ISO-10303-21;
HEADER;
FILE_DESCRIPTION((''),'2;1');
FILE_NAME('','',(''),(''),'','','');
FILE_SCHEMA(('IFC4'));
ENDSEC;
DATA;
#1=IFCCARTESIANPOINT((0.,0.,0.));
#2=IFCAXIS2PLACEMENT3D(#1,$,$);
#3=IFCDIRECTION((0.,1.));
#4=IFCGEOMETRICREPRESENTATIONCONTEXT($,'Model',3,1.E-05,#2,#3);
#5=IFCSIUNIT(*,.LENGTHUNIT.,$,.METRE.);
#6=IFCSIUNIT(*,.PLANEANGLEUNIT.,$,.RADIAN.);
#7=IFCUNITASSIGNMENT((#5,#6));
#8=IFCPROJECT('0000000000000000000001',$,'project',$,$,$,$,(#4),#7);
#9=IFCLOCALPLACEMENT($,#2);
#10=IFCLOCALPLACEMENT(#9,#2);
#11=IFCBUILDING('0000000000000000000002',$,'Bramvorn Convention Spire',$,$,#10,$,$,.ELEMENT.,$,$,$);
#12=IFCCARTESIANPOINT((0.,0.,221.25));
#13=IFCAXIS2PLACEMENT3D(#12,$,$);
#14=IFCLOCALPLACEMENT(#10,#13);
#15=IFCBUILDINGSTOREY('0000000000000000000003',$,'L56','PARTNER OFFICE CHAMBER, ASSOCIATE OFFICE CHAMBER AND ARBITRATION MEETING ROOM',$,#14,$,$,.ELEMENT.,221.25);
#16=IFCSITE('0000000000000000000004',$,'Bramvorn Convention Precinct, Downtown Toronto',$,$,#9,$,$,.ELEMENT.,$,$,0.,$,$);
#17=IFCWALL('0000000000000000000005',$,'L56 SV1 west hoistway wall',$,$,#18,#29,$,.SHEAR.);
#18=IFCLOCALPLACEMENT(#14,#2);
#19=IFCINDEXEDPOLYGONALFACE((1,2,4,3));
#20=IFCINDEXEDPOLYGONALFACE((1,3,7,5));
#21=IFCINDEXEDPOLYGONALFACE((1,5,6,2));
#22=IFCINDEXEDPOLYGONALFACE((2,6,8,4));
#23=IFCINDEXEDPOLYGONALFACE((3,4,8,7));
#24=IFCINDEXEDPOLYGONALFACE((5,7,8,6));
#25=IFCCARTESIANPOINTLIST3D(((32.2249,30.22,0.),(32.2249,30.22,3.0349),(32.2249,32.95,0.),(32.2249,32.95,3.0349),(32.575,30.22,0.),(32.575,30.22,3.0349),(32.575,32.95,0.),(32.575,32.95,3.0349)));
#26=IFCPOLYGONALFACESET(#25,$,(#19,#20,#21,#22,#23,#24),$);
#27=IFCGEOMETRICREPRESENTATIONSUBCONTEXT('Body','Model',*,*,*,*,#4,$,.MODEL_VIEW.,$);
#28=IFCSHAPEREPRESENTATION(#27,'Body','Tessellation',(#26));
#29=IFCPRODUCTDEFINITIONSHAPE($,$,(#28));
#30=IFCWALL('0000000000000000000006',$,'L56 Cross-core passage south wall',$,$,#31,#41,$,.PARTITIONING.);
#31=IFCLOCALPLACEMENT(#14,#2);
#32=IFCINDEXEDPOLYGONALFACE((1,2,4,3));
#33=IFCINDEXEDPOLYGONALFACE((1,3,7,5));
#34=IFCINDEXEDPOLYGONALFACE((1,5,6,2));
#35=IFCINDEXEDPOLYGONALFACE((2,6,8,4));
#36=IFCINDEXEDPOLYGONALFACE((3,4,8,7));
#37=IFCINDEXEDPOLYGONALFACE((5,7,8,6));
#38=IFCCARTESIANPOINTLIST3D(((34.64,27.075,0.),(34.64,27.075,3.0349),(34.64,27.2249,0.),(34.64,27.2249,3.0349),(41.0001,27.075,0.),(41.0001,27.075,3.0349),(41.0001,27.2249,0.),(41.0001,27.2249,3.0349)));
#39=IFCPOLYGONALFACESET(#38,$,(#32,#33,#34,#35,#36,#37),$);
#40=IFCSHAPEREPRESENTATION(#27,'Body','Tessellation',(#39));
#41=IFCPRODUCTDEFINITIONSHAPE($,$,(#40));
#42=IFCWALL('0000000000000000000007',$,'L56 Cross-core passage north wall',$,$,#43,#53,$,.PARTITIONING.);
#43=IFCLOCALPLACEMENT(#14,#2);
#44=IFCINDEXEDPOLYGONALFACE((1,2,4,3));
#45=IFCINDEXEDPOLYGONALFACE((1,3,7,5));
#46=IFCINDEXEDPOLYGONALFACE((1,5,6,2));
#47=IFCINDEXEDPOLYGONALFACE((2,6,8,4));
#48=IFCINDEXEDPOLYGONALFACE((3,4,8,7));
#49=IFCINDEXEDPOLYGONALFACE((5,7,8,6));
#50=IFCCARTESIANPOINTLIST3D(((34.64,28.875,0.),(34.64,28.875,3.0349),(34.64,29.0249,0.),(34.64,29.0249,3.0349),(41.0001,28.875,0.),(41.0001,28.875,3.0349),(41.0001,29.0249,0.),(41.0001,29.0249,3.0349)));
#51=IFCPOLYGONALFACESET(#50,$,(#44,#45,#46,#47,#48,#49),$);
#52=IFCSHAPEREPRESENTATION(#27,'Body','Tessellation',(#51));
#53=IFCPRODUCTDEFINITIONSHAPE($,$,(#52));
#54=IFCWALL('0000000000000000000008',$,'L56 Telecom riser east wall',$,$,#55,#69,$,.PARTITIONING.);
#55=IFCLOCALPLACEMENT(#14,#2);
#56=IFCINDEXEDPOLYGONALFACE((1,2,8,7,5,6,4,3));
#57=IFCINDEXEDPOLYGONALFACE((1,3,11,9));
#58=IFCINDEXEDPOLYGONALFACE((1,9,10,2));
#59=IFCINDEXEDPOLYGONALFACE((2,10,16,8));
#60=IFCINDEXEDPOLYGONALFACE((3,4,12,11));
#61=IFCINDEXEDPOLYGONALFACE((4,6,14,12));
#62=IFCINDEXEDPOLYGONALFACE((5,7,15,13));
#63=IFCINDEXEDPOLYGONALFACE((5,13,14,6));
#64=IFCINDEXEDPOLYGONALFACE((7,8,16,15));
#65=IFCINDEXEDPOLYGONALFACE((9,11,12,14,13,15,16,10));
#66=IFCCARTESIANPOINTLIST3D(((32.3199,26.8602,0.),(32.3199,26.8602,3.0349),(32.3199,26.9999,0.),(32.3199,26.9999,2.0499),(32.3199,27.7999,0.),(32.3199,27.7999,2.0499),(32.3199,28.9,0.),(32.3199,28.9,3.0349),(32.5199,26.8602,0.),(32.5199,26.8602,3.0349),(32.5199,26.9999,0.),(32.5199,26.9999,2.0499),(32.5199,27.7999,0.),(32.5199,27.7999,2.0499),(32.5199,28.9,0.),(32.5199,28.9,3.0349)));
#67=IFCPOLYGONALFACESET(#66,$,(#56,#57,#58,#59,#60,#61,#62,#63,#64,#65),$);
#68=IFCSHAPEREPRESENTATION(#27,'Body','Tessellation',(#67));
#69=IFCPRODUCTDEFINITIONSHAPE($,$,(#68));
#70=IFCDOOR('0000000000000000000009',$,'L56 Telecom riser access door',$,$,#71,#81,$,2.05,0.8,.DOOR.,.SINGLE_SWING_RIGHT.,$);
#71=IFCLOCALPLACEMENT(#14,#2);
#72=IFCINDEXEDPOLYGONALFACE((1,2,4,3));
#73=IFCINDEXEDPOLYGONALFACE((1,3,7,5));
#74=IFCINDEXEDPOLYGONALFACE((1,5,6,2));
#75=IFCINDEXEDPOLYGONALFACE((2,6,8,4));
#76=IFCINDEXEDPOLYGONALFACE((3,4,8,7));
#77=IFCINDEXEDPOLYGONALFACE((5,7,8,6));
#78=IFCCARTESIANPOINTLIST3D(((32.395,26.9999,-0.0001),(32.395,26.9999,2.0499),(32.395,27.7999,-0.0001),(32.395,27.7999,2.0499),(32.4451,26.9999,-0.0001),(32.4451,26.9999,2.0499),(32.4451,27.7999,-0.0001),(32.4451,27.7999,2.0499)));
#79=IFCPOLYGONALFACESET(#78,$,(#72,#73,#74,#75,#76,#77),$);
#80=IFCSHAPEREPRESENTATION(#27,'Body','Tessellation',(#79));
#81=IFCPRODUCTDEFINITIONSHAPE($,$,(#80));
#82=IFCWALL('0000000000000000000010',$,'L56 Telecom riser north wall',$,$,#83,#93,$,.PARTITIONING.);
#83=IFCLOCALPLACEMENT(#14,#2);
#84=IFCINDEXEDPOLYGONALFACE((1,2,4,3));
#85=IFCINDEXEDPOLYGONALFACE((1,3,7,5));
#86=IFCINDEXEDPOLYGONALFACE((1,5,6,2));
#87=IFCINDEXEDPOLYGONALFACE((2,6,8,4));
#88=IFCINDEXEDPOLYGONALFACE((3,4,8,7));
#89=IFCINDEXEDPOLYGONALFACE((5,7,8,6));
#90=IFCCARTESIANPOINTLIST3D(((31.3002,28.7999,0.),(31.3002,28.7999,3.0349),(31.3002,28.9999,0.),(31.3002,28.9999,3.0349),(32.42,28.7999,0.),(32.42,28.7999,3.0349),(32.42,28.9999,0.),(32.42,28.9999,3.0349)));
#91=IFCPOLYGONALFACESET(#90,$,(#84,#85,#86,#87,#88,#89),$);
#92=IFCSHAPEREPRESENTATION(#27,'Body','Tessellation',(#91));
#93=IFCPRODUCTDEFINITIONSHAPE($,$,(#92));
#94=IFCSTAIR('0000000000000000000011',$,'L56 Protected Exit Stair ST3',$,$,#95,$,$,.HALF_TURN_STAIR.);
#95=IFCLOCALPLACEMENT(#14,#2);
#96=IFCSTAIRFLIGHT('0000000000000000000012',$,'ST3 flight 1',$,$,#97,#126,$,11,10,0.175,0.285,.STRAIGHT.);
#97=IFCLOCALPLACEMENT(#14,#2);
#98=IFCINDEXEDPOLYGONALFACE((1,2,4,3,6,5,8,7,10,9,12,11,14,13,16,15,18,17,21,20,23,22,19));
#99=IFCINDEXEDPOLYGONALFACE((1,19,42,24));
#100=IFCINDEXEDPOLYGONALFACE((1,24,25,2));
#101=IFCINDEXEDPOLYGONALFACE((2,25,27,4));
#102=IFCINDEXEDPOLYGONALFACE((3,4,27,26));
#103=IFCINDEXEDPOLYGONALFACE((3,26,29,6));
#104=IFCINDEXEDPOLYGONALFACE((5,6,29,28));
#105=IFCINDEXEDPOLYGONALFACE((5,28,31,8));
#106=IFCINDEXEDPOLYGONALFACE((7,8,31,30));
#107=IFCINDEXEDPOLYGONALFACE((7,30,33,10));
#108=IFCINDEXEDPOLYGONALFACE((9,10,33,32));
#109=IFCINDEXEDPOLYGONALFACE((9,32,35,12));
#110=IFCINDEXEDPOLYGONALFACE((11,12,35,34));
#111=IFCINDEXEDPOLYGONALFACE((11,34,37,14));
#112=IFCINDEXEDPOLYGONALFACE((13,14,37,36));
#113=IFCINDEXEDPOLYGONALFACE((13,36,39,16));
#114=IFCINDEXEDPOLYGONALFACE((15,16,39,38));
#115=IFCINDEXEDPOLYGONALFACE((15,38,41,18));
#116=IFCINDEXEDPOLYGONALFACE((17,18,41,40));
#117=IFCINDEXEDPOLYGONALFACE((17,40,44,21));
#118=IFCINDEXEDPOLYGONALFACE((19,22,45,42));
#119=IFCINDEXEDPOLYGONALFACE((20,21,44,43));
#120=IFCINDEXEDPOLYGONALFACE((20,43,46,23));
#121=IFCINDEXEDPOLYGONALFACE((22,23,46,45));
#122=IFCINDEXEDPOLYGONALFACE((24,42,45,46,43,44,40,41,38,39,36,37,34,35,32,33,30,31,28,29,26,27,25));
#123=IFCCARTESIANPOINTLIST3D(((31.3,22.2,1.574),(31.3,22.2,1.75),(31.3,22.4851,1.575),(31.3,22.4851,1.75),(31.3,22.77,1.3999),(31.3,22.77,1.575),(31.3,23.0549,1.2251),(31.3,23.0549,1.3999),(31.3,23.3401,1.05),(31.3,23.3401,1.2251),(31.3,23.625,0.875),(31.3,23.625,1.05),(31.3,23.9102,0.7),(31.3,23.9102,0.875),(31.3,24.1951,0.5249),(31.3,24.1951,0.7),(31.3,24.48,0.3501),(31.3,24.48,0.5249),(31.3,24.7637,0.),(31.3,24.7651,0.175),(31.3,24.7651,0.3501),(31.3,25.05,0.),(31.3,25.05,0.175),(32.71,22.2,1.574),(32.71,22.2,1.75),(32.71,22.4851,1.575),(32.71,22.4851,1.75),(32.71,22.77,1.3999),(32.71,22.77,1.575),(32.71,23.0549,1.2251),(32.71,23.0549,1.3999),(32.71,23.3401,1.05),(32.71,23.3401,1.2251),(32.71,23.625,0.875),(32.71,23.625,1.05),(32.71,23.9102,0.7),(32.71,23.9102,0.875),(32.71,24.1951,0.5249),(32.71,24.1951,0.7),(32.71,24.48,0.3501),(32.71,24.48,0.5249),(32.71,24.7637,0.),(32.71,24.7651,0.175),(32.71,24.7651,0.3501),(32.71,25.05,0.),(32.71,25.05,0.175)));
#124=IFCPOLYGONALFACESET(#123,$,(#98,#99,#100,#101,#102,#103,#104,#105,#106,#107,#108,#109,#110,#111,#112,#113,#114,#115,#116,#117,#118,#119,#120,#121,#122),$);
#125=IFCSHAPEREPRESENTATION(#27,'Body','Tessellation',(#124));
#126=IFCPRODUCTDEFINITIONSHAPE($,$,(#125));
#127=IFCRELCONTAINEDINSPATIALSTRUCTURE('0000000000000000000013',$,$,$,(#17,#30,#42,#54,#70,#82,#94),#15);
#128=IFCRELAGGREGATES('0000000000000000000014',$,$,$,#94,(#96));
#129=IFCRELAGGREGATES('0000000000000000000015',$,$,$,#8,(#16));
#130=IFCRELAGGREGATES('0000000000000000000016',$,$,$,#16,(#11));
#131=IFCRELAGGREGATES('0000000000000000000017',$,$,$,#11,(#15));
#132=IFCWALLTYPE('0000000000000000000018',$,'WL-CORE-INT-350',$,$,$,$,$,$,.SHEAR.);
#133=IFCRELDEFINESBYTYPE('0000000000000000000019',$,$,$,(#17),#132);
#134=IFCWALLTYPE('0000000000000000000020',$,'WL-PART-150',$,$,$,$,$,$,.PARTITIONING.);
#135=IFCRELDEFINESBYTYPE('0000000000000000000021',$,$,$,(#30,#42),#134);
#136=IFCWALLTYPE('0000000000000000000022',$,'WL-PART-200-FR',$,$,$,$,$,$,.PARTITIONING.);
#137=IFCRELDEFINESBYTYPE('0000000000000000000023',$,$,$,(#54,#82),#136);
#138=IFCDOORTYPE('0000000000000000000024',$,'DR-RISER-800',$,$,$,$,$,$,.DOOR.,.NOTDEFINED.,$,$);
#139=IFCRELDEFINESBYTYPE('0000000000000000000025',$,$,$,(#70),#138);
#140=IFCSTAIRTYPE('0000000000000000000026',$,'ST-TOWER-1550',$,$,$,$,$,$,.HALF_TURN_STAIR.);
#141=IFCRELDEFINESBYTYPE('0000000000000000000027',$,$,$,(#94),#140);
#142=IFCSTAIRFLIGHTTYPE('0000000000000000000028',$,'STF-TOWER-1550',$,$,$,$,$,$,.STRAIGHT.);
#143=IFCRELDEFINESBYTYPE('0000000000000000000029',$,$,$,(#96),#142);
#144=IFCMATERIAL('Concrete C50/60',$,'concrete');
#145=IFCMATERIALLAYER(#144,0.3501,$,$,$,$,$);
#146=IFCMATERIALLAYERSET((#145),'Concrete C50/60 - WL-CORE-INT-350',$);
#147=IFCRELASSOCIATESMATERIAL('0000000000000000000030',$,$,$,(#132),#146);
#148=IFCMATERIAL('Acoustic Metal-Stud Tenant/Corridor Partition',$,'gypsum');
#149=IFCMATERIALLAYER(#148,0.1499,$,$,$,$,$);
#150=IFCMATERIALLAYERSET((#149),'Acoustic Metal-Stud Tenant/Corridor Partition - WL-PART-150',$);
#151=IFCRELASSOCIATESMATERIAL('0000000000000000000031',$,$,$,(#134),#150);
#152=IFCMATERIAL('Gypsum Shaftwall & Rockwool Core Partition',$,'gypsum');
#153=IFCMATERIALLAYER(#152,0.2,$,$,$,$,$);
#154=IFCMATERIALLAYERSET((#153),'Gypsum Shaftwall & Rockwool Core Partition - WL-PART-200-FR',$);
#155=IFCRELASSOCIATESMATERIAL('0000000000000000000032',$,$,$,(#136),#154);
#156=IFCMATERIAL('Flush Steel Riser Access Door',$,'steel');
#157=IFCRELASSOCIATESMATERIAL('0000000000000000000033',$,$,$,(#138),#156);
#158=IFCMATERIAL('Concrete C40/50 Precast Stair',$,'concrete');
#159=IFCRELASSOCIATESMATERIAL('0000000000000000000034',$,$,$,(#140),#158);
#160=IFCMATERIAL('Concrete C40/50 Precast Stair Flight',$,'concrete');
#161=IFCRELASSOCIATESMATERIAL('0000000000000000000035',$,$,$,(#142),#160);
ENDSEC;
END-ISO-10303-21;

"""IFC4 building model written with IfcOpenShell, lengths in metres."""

from ifc_helpers import new_model, si_unit, direction, frame, frame_2d, origin, place, context, subcontext, project, spatial, polyline, rectangle, outline, extrude, material, layer, layer_set, type_object, element, fill, aggregate, save


model = new_model("IFC4")

# Units and contexts
model_context = context("Model", 3, precision=1e-05, world=origin(), true_north=direction((0.0, 1.0)))
body_context = subcontext(model_context, "Body", "Model", "MODEL_VIEW")
ifc_project = project(units=[si_unit("LENGTHUNIT", "METRE"), si_unit("PLANEANGLEUNIT", "RADIAN")], contexts=[model_context])

# Site, building, storey
site_placement = place(None, origin())
site = spatial("IfcSite", under=ifc_project, at=site_placement, Name="Bramvorn Convention Precinct, Downtown Toronto", CompositionType="ELEMENT", RefElevation=0.0)
building_placement = place(site_placement, origin())
building = spatial("IfcBuilding", under=site, at=building_placement, Name="Bramvorn Convention Spire", CompositionType="ELEMENT")
storey_placement = place(building_placement, frame((0.0, 0.0, 221.25)))
storey = spatial("IfcBuildingStorey", under=building, at=storey_placement, Name="L56", Description="PARTNER OFFICE CHAMBER, ASSOCIATE OFFICE CHAMBER AND ARBITRATION MEETING ROOM", CompositionType="ELEMENT", Elevation=221.25)

# Shared definitions
ifc_material_1 = material(Name="Concrete C50/60", Category="concrete")
ifc_layer_1 = layer(ifc_material_1, 0.3501)
ifc_layer_set_1 = layer_set([ifc_layer_1], Name="Concrete C50/60 - WL-CORE-INT-350")
wall_type_1 = type_object("IfcWallType", Name="WL-CORE-INT-350", PredefinedType="SHEAR", material=ifc_layer_set_1)

# Walls
wall_1_placement = place(storey_placement, frame((32.3999, 30.22, 0.0), z_axis=(0.0, 0.0, 1.0), x_axis=(0.0, 1.0, 0.0)))
element("IfcWall", 1, at=wall_1_placement, inside=storey, type_object=wall_type_1, Name="L56 SV1 west hoistway wall", PredefinedType="SHEAR", context=body_context, shape_type="SweptSolid", body=[
    extrude(rectangle(XDim=2.73, YDim=0.3501, at=frame_2d((1.365, 0.0))), origin(), (0.0, 0.0, 1.0), 3.0349),
])
ifc_material_2 = material(Name="Acoustic Metal-Stud Tenant/Corridor Partition", Category="gypsum")
ifc_layer_2 = layer(ifc_material_2, 0.1499)
ifc_layer_set_2 = layer_set([ifc_layer_2], Name="Acoustic Metal-Stud Tenant/Corridor Partition - WL-PART-150")
wall_type_2 = type_object("IfcWallType", Name="WL-PART-150", PredefinedType="PARTITIONING", material=ifc_layer_set_2)
for number, where, z_axis, x_axis, name in (
    (2, (34.6399, 27.1499, 0.0), (0.0, 0.0, 1.0), (1.0, 0.0, 0.0), "L56 Cross-core passage south wall"),
    (3, (34.6399, 28.95, 0.0), (0.0, 0.0, 1.0), (1.0, 0.0, 0.0), "L56 Cross-core passage north wall"),
):
    element("IfcWall", number, at=place(storey_placement, frame(where, z_axis=z_axis, x_axis=x_axis)), inside=storey, type_object=wall_type_2, Name=name, PredefinedType="PARTITIONING", context=body_context, shape_type="SweptSolid", body=[
        extrude(rectangle(XDim=6.3601, YDim=0.1499, at=frame_2d((3.1802, 0.0))), origin(), (0.0, 0.0, 1.0), 3.0349),
    ])

# Wall, opening, door
ifc_material_3 = material(Name="Gypsum Shaftwall & Rockwool Core Partition", Category="gypsum")
ifc_layer_3 = layer(ifc_material_3, 0.2)
ifc_layer_set_3 = layer_set([ifc_layer_3], Name="Gypsum Shaftwall & Rockwool Core Partition - WL-PART-200-FR")
wall_type_3 = type_object("IfcWallType", Name="WL-PART-200-FR", PredefinedType="PARTITIONING", material=ifc_layer_set_3)
wall_2_placement = place(storey_placement, frame((32.4199, 26.8601, 0.0), z_axis=(0.0, 0.0, 1.0), x_axis=(0.0, 1.0, 0.0)))
wall_2 = element("IfcWall", 4, at=wall_2_placement, inside=storey, type_object=wall_type_3, Name="L56 Telecom riser east wall", PredefinedType="PARTITIONING", context=body_context, shape_type="SweptSolid", body=[
    extrude(rectangle(XDim=2.0398, YDim=0.2, at=frame_2d((1.02, 0.0))), origin(), (0.0, 0.0, 1.0), 3.0349),
])
opening_1_placement = place(wall_2_placement, frame((0.1399, 0.0, 0.0)))
opening_1 = element("IfcOpeningElement", 5, at=opening_1_placement, cuts=wall_2, PredefinedType="OPENING", context=body_context, shape_type="SweptSolid", body=[
    extrude(rectangle(XDim=0.8, YDim=2.05, at=frame_2d((0.3999, 1.0249))), frame((0.0, 0.1099, 0.0), z_axis=(0.0, -1.0, 0.0), x_axis=(1.0, 0.0, 0.0)), (0.0, 0.0, 1.0), 0.22),
])
ifc_material_4 = material(Name="Flush Steel Riser Access Door", Category="steel")
door_type_1 = type_object("IfcDoorType", Name="DR-RISER-800", OperationType="NOTDEFINED", PredefinedType="DOOR", material=ifc_material_4)
door_1_placement = place(opening_1_placement, origin())
door_1 = element("IfcDoor", 6, at=door_1_placement, inside=storey, type_object=door_type_1, Name="L56 Telecom riser access door", OperationType="SINGLE_SWING_RIGHT", OverallHeight=2.05, OverallWidth=0.8, PredefinedType="DOOR", context=body_context, shape_type="SweptSolid", body=[
    extrude(rectangle(XDim=0.8, YDim=2.05, at=frame_2d((0.3999, 1.0249))), frame((0.0, 0.0249, 0.0), z_axis=(0.0, -1.0, 0.0), x_axis=(1.0, 0.0, 0.0)), (0.0, 0.0, 1.0), 0.05),
])
fill(opening_1, door_1)

# Wall
wall_3_placement = place(storey_placement, frame((31.3, 28.8999, 0.0), z_axis=(0.0, 0.0, 1.0), x_axis=(1.0, 0.0, 0.0)))
element("IfcWall", 7, at=wall_3_placement, inside=storey, type_object=wall_type_3, Name="L56 Telecom riser north wall", PredefinedType="PARTITIONING", context=body_context, shape_type="SweptSolid", body=[
    extrude(rectangle(XDim=1.1199, YDim=0.2, at=frame_2d((0.5601, 0.0))), origin(), (0.0, 0.0, 1.0), 3.0349),
])

# Stair, stair flight
ifc_material_5 = material(Name="Concrete C40/50 Precast Stair", Category="concrete")
stair_type = type_object("IfcStairType", Name="ST-TOWER-1550", PredefinedType="HALF_TURN_STAIR", material=ifc_material_5)
stair_placement = place(storey_placement, origin())
stair = element("IfcStair", 8, at=stair_placement, inside=storey, type_object=stair_type, Name="L56 Protected Exit Stair ST3", PredefinedType="HALF_TURN_STAIR")
ifc_material_6 = material(Name="Concrete C40/50 Precast Stair Flight", Category="concrete")
stair_flight_type = type_object("IfcStairFlightType", Name="STF-TOWER-1550", PredefinedType="STRAIGHT", material=ifc_material_6)
stair_flight_placement = place(storey_placement, frame((32.0049, 25.05, 0.0), z_axis=(0.0, 0.0, 1.0), x_axis=(0.0, -1.0, 0.0)))
stair_flight = element("IfcStairFlight", 9, at=stair_flight_placement, type_object=stair_flight_type, Name="ST3 flight 1", NumberOfRisers=11, NumberOfTreads=10, PredefinedType="STRAIGHT", RiserHeight=0.175, TreadLength=0.285, context=body_context, shape_type="SweptSolid", body=[
    extrude(outline(polyline([(0.0, 0.0), (0.0, 0.175), (0.2849, 0.175), (0.2849, 0.3501), (0.5701, 0.3501), (0.5701, 0.5249), (0.855, 0.5249), (0.855, 0.7), (1.1399, 0.7), (1.1399, 0.875), (1.425, 0.875), (1.425, 1.05), (1.71, 1.05), (1.71, 1.2251), (1.9951, 1.2251), (1.9951, 1.3999), (2.28, 1.3999), (2.28, 1.575), (2.5649, 1.575), (2.5649, 1.75), (2.8501, 1.75), (2.8501, 1.925), (2.8501, 1.574), (0.2864, 0.0), (0.0, 0.0)])), frame((0.0, 0.7051, 0.0), z_axis=(0.0, -1.0, 0.0), x_axis=(1.0, 0.0, 0.0)), (0.0, 0.0, 1.0), 1.4099),
])
aggregate(stair, [stair_flight])

save(model, "model.ifc")
